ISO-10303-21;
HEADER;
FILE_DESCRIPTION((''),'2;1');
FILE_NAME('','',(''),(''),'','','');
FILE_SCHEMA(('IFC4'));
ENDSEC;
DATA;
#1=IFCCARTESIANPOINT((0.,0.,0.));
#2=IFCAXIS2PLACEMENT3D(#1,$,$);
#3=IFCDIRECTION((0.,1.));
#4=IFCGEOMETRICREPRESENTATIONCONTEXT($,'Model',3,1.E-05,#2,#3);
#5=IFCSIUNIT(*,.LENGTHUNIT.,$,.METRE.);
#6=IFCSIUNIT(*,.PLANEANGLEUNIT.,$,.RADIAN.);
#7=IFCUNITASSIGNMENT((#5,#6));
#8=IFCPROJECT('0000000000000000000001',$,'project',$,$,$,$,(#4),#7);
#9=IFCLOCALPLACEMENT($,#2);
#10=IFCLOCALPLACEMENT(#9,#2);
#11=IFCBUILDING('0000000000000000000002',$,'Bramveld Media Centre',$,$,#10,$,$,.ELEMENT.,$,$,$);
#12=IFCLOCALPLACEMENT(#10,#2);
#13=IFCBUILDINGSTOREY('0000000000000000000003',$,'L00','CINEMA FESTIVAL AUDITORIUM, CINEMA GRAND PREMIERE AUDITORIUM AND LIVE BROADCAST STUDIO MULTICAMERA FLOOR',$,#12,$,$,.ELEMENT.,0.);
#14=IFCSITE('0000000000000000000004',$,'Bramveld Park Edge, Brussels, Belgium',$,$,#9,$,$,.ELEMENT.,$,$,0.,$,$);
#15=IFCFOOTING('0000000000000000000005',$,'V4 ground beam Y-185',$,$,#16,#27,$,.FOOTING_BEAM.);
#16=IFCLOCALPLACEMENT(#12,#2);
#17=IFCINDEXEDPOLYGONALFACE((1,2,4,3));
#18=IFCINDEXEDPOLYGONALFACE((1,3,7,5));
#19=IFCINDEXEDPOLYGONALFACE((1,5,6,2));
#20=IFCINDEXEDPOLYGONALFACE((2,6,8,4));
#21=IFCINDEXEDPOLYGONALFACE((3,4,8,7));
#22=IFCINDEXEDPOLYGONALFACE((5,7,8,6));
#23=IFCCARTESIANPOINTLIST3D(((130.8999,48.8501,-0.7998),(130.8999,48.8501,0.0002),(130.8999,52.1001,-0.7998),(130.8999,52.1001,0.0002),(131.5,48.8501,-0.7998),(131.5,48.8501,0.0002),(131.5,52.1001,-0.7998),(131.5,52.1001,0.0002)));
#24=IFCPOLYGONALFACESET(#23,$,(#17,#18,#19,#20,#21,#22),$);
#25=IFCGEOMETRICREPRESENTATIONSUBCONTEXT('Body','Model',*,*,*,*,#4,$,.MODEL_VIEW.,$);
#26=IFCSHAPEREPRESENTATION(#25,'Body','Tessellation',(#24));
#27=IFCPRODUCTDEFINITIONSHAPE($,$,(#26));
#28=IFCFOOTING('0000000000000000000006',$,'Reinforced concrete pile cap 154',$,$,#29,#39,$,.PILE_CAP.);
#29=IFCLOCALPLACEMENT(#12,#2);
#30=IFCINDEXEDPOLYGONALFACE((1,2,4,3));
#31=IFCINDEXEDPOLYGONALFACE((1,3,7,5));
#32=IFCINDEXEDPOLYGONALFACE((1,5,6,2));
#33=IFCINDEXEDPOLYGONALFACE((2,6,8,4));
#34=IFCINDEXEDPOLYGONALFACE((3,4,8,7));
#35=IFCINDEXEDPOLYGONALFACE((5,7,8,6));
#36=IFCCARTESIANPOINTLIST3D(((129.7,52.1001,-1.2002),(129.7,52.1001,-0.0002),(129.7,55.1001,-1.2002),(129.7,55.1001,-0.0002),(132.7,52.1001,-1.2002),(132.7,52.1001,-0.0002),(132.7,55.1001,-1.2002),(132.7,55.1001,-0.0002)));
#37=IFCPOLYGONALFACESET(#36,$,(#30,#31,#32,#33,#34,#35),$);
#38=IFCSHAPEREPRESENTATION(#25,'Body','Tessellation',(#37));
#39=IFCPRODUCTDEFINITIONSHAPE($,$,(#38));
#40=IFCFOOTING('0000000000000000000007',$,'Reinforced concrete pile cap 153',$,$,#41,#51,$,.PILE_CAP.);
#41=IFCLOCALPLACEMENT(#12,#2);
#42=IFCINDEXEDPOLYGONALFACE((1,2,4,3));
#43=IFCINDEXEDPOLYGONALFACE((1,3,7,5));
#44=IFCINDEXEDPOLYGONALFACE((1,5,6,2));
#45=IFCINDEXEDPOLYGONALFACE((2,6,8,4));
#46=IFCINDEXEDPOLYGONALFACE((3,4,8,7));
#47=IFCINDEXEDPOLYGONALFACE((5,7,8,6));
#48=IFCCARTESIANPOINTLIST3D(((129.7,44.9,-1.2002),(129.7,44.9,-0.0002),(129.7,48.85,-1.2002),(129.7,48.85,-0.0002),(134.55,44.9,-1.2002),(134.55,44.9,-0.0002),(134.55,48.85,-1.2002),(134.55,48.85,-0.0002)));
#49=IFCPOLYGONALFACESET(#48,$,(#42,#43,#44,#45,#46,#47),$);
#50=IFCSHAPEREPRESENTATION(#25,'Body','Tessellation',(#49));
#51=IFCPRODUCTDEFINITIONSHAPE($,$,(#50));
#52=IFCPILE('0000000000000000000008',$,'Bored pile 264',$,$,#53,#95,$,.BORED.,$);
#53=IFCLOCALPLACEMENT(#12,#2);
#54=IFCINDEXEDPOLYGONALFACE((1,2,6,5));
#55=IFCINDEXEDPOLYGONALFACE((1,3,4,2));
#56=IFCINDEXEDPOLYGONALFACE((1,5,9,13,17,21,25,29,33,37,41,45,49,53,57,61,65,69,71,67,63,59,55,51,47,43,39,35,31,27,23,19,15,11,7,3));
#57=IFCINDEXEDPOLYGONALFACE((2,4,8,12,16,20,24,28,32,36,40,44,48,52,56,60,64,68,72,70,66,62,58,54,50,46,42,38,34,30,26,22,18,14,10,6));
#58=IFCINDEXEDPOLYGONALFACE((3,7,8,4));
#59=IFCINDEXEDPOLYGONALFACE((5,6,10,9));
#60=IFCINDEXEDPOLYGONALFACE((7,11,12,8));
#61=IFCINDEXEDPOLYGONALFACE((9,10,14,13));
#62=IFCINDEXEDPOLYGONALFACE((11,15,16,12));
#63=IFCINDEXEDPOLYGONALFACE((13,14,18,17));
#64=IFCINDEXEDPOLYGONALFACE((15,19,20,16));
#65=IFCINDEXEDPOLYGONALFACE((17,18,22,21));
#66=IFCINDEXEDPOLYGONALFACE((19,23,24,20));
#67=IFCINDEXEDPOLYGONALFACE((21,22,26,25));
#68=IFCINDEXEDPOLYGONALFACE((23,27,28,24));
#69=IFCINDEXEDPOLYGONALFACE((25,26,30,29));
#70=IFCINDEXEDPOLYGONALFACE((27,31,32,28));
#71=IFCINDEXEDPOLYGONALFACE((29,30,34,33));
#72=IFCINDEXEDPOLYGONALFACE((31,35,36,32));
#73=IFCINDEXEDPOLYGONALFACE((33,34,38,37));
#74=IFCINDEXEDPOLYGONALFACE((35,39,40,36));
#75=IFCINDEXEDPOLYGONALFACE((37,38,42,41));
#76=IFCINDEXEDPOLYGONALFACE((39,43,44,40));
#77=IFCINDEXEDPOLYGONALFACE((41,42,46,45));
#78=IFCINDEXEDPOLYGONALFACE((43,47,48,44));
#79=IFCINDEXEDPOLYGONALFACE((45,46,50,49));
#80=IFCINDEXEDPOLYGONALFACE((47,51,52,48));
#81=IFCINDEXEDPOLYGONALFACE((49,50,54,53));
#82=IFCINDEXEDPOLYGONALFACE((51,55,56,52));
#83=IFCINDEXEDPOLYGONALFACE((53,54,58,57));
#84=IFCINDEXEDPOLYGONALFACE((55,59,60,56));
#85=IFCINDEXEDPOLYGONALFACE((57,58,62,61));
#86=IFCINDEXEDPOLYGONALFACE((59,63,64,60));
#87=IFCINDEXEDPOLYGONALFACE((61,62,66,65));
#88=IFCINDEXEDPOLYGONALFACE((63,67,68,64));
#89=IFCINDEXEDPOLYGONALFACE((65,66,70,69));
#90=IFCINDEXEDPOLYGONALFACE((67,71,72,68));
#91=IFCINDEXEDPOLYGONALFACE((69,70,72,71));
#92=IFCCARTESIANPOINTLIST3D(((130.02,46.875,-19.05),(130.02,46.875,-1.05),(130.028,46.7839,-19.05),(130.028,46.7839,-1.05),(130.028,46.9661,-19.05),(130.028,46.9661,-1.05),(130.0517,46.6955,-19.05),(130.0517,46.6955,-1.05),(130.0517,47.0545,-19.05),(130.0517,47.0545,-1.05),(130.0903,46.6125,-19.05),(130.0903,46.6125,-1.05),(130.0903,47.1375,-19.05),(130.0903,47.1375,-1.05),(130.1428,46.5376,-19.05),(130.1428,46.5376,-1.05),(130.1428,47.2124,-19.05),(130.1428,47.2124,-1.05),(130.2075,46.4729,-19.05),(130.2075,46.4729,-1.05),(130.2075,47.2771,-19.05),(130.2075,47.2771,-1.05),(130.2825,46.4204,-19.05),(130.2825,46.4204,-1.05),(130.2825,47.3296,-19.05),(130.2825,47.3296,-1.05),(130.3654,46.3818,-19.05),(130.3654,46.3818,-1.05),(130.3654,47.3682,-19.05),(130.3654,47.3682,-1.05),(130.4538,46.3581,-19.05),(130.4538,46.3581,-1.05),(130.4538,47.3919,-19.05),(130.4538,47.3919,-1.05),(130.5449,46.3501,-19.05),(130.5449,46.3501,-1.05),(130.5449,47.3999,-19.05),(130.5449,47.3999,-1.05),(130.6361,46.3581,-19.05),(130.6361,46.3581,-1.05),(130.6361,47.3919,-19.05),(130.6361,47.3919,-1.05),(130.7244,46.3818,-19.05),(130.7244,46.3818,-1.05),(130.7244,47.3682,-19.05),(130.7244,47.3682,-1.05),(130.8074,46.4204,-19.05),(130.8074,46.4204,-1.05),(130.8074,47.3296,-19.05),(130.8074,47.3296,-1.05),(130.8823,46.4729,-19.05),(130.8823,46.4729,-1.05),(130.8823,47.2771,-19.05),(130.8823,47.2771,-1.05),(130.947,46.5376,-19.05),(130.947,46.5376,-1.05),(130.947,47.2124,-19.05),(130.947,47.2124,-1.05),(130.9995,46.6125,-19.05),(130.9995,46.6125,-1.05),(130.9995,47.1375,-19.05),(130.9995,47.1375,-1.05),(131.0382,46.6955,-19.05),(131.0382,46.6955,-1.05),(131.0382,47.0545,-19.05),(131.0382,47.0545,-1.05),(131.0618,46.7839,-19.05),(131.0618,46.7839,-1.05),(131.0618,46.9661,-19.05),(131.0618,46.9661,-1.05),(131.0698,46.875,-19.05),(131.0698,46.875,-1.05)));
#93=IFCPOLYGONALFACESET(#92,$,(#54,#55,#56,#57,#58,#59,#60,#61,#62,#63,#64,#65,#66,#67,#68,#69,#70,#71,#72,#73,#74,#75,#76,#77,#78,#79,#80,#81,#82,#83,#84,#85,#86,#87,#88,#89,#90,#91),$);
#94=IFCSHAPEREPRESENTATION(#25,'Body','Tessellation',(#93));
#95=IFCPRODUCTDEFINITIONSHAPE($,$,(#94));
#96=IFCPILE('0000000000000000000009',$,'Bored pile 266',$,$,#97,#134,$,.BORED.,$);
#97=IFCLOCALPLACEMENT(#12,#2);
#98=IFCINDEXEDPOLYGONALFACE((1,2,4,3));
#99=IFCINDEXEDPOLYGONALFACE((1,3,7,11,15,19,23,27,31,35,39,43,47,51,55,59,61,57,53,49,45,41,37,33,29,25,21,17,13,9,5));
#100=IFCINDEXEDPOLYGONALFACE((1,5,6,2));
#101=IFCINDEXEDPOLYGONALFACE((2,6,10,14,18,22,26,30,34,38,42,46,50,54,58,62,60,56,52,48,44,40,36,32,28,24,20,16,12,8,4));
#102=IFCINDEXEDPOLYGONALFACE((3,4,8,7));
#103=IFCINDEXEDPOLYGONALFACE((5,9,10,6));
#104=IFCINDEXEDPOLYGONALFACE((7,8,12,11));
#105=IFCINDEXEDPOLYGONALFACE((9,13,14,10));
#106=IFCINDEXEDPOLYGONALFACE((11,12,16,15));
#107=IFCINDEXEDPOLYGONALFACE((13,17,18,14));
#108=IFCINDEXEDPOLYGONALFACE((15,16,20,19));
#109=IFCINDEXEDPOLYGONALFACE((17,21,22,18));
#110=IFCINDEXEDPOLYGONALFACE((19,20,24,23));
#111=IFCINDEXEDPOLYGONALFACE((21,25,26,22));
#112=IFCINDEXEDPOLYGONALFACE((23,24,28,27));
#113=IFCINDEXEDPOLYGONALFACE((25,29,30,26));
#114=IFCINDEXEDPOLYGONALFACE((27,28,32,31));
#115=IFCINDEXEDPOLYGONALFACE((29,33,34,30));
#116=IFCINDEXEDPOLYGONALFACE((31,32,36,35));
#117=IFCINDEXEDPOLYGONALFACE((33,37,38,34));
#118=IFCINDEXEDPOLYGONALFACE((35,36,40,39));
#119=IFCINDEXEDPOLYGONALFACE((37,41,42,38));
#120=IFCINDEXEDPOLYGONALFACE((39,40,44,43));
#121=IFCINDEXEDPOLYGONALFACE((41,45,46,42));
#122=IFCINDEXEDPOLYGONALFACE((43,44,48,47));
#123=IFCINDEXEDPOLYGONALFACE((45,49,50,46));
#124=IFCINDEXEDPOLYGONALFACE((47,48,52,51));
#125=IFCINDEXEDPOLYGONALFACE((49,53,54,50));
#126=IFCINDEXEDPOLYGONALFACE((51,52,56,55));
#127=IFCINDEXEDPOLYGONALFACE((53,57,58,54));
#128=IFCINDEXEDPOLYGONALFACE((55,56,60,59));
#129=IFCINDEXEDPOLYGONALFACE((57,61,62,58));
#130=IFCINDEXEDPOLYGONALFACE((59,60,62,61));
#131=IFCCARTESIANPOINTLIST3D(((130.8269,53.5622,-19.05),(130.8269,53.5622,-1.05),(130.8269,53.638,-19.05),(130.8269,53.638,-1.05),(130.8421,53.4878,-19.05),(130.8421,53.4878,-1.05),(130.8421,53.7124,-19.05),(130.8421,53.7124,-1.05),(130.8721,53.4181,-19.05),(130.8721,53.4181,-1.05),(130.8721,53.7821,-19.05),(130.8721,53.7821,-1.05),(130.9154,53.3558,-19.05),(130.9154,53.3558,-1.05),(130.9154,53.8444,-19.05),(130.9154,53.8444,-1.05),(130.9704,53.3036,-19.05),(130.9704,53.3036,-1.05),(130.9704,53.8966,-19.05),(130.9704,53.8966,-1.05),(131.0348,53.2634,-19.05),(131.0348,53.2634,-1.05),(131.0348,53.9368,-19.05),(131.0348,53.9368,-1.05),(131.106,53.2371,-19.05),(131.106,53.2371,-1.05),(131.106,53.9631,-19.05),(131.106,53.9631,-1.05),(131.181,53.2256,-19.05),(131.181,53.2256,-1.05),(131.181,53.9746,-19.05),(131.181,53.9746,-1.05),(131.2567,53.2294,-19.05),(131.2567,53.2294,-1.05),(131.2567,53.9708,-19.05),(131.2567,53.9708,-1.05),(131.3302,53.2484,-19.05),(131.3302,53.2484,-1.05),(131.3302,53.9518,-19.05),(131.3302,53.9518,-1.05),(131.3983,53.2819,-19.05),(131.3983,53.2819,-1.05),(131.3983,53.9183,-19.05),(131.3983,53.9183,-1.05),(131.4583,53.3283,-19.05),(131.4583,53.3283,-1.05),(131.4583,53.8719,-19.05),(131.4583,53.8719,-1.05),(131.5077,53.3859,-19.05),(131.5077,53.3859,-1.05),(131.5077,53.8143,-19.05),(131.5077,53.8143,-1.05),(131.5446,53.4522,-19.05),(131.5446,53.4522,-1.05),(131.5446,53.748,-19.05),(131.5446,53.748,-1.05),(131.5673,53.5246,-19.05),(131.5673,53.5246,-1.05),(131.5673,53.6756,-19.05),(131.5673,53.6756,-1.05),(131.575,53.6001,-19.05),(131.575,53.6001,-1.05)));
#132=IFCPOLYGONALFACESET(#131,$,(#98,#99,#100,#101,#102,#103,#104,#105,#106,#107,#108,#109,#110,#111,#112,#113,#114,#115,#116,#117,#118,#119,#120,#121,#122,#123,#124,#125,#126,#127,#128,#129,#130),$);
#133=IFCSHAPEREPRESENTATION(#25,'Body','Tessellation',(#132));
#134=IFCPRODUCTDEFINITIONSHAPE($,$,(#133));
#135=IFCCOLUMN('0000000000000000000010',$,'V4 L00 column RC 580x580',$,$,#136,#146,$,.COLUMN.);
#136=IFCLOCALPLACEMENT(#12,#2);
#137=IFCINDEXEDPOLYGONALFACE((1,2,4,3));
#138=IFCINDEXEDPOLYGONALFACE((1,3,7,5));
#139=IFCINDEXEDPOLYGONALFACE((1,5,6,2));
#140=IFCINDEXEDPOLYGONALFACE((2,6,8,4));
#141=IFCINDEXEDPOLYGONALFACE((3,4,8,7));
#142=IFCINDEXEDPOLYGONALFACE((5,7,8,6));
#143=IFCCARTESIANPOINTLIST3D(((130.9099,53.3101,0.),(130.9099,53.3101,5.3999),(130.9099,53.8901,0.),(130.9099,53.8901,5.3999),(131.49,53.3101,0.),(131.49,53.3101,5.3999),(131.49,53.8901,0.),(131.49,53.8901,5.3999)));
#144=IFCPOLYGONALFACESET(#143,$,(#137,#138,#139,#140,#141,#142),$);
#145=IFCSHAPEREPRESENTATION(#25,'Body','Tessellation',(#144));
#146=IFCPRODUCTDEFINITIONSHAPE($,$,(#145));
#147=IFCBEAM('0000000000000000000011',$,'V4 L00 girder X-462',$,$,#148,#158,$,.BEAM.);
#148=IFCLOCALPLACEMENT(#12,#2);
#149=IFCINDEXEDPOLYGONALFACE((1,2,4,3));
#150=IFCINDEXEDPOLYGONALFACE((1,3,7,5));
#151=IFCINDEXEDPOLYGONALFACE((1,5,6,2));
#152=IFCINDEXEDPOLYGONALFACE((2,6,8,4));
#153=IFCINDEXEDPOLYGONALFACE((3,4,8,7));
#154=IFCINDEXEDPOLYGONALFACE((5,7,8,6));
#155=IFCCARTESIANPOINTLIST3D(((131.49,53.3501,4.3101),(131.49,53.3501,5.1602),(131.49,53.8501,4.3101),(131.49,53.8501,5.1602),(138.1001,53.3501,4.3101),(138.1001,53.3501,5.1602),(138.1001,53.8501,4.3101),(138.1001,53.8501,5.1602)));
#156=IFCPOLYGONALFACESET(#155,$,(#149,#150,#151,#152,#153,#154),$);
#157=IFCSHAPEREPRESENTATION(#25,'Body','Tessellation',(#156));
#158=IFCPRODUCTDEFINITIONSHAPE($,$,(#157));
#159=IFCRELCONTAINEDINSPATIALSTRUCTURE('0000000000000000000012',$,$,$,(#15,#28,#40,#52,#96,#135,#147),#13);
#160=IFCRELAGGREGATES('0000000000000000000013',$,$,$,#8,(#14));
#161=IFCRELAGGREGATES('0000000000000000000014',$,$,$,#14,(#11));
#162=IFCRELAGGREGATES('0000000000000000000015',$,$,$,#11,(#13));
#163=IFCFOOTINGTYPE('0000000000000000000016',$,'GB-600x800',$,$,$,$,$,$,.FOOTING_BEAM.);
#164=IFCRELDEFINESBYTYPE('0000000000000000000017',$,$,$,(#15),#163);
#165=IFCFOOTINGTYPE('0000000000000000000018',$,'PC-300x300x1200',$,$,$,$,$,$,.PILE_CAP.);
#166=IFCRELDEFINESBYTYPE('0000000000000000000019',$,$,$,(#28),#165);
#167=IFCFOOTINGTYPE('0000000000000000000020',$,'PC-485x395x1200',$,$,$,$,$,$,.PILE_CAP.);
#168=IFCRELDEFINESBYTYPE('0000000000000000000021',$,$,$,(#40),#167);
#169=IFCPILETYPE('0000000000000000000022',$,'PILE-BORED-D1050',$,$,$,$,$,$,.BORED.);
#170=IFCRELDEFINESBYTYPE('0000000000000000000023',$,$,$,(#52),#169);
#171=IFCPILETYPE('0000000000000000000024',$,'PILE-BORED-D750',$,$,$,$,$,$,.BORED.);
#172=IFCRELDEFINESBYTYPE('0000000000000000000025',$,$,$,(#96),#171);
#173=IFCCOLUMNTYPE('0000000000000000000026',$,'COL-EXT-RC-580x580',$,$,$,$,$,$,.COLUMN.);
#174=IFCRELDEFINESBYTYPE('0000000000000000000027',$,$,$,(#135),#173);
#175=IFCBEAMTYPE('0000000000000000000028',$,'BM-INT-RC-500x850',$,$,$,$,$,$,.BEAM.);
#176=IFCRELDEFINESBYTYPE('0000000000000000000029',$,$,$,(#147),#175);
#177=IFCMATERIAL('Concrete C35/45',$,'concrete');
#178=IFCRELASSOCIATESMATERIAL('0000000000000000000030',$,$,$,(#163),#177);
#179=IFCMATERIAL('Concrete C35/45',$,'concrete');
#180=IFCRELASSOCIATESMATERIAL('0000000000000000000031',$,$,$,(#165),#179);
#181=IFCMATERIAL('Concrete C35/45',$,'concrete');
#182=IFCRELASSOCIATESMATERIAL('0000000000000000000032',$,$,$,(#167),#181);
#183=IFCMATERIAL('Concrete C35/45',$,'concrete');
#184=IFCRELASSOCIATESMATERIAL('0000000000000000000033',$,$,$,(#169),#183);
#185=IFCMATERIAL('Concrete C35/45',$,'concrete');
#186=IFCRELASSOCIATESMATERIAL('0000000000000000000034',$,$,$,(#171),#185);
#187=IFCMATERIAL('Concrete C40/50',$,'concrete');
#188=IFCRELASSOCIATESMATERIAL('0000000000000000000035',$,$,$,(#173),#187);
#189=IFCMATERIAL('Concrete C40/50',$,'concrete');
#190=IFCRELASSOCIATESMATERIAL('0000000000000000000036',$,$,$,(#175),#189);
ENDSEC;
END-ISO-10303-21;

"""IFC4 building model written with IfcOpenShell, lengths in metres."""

from ifc_helpers import new_model, si_unit, direction, frame, origin, origin_2d, place, context, subcontext, project, spatial, rectangle, circle, extrude, material, material_profile, profile_set, type_object, element, save


model = new_model("IFC4")

# Units and contexts
model_context = context("Model", 3, precision=1e-05, world=origin(), true_north=direction((0.0, 1.0)))
body_context = subcontext(model_context, "Body", "Model", "MODEL_VIEW")
ifc_project = project(units=[si_unit("LENGTHUNIT", "METRE"), si_unit("PLANEANGLEUNIT", "RADIAN")], contexts=[model_context])

# Site, building, storey
site_placement = place(None, origin())
site = spatial("IfcSite", under=ifc_project, at=site_placement, Name="Bramveld Park Edge, Brussels, Belgium", CompositionType="ELEMENT", RefElevation=0.0)
building_placement = place(site_placement, origin())
building = spatial("IfcBuilding", under=site, at=building_placement, Name="Bramveld Media Centre", CompositionType="ELEMENT")
storey_placement = place(building_placement, origin())
storey = spatial("IfcBuildingStorey", under=building, at=storey_placement, Name="L00", Description="CINEMA FESTIVAL AUDITORIUM, CINEMA GRAND PREMIERE AUDITORIUM AND LIVE BROADCAST STUDIO MULTICAMERA FLOOR", CompositionType="ELEMENT", Elevation=0.0)

# Footings
ifc_material_1 = material(Name="Concrete C35/45", Category="concrete")
footing_type_1 = type_object("IfcFootingType", Name="GB-600x800", PredefinedType="FOOTING_BEAM", material=ifc_material_1)
footing_1_placement = place(storey_placement, frame((131.2, 50.4751, -0.7998), z_axis=(0.0, 0.0, 1.0), x_axis=(1.0, 0.0, 0.0)))
element("IfcFooting", 1, at=footing_1_placement, inside=storey, type_object=footing_type_1, Name="V4 ground beam Y-185", PredefinedType="FOOTING_BEAM", context=body_context, shape_type="SweptSolid", body=[
    extrude(rectangle(XDim=0.6001, YDim=3.25, at=origin_2d()), origin(), (0.0, 0.0, 1.0), 0.8),
])
ifc_material_2 = material(Name="Concrete C35/45", Category="concrete")
footing_type_2 = type_object("IfcFootingType", Name="PC-300x300x1200", PredefinedType="PILE_CAP", material=ifc_material_2)
footing_2_placement = place(storey_placement, frame((131.2, 53.6001, -1.2002), z_axis=(0.0, 0.0, 1.0), x_axis=(1.0, 0.0, 0.0)))
element("IfcFooting", 2, at=footing_2_placement, inside=storey, type_object=footing_type_2, Name="Reinforced concrete pile cap 154", PredefinedType="PILE_CAP", context=body_context, shape_type="SweptSolid", body=[
    extrude(rectangle(XDim=3.0, YDim=3.0, at=origin_2d()), origin(), (0.0, 0.0, 1.0), 1.2),
])
ifc_material_3 = material(Name="Concrete C35/45", Category="concrete")
footing_type_3 = type_object("IfcFootingType", Name="PC-485x395x1200", PredefinedType="PILE_CAP", material=ifc_material_3)
footing_3_placement = place(storey_placement, frame((132.125, 46.875, -1.2002), z_axis=(0.0, 0.0, 1.0), x_axis=(1.0, 0.0, 0.0)))
element("IfcFooting", 3, at=footing_3_placement, inside=storey, type_object=footing_type_3, Name="Reinforced concrete pile cap 153", PredefinedType="PILE_CAP", context=body_context, shape_type="SweptSolid", body=[
    extrude(rectangle(XDim=4.8501, YDim=3.95, at=origin_2d()), origin(), (0.0, 0.0, 1.0), 1.2),
])

# Piles
ifc_material_4 = material(Name="Concrete C35/45", Category="concrete")
ifc_material_profile_1 = material_profile(ifc_material_4, circle(Radius=0.5249, at=origin_2d()), Name="BORED D1050")
ifc_profile_set_1 = profile_set([ifc_material_profile_1], Name="Concrete C35/45")
pile_type_1 = type_object("IfcPileType", Name="PILE-BORED-D1050", PredefinedType="BORED", material=ifc_profile_set_1)
pile_1_placement = place(storey_placement, frame((130.5449, 46.875, -1.05), z_axis=(0.0, 0.0, -1.0), x_axis=(1.0, 0.0, 0.0)))
element("IfcPile", 4, at=pile_1_placement, inside=storey, type_object=pile_type_1, Name="Bored pile 264", PredefinedType="BORED", context=body_context, shape_type="SweptSolid", body=[
    extrude(circle(Radius=0.5249, at=origin_2d()), origin(), (0.0, 0.0, 1.0), 18.0),
])
ifc_material_5 = material(Name="Concrete C35/45", Category="concrete")
ifc_material_profile_2 = material_profile(ifc_material_5, circle(Radius=0.375, at=origin_2d()), Name="BORED D750")
ifc_profile_set_2 = profile_set([ifc_material_profile_2], Name="Concrete C35/45")
pile_type_2 = type_object("IfcPileType", Name="PILE-BORED-D750", PredefinedType="BORED", material=ifc_profile_set_2)
pile_2_placement = place(storey_placement, frame((131.2, 53.6001, -1.05), z_axis=(0.0, 0.0, -1.0), x_axis=(1.0, 0.0, 0.0)))
element("IfcPile", 5, at=pile_2_placement, inside=storey, type_object=pile_type_2, Name="Bored pile 266", PredefinedType="BORED", context=body_context, shape_type="SweptSolid", body=[
    extrude(circle(Radius=0.375, at=origin_2d()), origin(), (0.0, 0.0, 1.0), 18.0),
])

# Column
ifc_material_6 = material(Name="Concrete C40/50", Category="concrete")
ifc_material_profile_3 = material_profile(ifc_material_6, rectangle(XDim=0.5801, YDim=0.5801, at=origin_2d()), Name="RC 580x580")
ifc_profile_set_3 = profile_set([ifc_material_profile_3], Name="Concrete C40/50")
column_type = type_object("IfcColumnType", Name="COL-EXT-RC-580x580", PredefinedType="COLUMN", material=ifc_profile_set_3)
column_placement = place(storey_placement, frame((131.2, 53.6001, 0.0), z_axis=(0.0, 0.0, 1.0), x_axis=(1.0, 0.0, 0.0)))
element("IfcColumn", 6, at=column_placement, inside=storey, type_object=column_type, Name="V4 L00 column RC 580x580", PredefinedType="COLUMN", context=body_context, shape_type="SweptSolid", body=[
    extrude(rectangle(XDim=0.5801, YDim=0.5801, at=origin_2d()), origin(), (0.0, 0.0, 1.0), 5.3999),
])

# Beam
ifc_material_7 = material(Name="Concrete C40/50", Category="concrete")
ifc_material_profile_4 = material_profile(ifc_material_7, rectangle(XDim=0.5, YDim=0.8501, at=origin_2d()), Name="RC 500x850")
ifc_profile_set_4 = profile_set([ifc_material_profile_4], Name="Concrete C40/50")
beam_type_1 = type_object("IfcBeamType", Name="BM-INT-RC-500x850", PredefinedType="BEAM", material=ifc_profile_set_4)
beam_1_placement = place(storey_placement, frame((131.49, 53.6001, 4.7351), z_axis=(1.0, 0.0, 0.0), x_axis=(0.0, 1.0, 0.0)))
element("IfcBeam", 7, at=beam_1_placement, inside=storey, type_object=beam_type_1, Name="V4 L00 girder X-462", PredefinedType="BEAM", context=body_context, shape_type="SweptSolid", body=[
    extrude(rectangle(XDim=0.5, YDim=0.8501, at=origin_2d()), origin(), (0.0, 0.0, 1.0), 6.6101),
])

save(model, "model.ifc")
